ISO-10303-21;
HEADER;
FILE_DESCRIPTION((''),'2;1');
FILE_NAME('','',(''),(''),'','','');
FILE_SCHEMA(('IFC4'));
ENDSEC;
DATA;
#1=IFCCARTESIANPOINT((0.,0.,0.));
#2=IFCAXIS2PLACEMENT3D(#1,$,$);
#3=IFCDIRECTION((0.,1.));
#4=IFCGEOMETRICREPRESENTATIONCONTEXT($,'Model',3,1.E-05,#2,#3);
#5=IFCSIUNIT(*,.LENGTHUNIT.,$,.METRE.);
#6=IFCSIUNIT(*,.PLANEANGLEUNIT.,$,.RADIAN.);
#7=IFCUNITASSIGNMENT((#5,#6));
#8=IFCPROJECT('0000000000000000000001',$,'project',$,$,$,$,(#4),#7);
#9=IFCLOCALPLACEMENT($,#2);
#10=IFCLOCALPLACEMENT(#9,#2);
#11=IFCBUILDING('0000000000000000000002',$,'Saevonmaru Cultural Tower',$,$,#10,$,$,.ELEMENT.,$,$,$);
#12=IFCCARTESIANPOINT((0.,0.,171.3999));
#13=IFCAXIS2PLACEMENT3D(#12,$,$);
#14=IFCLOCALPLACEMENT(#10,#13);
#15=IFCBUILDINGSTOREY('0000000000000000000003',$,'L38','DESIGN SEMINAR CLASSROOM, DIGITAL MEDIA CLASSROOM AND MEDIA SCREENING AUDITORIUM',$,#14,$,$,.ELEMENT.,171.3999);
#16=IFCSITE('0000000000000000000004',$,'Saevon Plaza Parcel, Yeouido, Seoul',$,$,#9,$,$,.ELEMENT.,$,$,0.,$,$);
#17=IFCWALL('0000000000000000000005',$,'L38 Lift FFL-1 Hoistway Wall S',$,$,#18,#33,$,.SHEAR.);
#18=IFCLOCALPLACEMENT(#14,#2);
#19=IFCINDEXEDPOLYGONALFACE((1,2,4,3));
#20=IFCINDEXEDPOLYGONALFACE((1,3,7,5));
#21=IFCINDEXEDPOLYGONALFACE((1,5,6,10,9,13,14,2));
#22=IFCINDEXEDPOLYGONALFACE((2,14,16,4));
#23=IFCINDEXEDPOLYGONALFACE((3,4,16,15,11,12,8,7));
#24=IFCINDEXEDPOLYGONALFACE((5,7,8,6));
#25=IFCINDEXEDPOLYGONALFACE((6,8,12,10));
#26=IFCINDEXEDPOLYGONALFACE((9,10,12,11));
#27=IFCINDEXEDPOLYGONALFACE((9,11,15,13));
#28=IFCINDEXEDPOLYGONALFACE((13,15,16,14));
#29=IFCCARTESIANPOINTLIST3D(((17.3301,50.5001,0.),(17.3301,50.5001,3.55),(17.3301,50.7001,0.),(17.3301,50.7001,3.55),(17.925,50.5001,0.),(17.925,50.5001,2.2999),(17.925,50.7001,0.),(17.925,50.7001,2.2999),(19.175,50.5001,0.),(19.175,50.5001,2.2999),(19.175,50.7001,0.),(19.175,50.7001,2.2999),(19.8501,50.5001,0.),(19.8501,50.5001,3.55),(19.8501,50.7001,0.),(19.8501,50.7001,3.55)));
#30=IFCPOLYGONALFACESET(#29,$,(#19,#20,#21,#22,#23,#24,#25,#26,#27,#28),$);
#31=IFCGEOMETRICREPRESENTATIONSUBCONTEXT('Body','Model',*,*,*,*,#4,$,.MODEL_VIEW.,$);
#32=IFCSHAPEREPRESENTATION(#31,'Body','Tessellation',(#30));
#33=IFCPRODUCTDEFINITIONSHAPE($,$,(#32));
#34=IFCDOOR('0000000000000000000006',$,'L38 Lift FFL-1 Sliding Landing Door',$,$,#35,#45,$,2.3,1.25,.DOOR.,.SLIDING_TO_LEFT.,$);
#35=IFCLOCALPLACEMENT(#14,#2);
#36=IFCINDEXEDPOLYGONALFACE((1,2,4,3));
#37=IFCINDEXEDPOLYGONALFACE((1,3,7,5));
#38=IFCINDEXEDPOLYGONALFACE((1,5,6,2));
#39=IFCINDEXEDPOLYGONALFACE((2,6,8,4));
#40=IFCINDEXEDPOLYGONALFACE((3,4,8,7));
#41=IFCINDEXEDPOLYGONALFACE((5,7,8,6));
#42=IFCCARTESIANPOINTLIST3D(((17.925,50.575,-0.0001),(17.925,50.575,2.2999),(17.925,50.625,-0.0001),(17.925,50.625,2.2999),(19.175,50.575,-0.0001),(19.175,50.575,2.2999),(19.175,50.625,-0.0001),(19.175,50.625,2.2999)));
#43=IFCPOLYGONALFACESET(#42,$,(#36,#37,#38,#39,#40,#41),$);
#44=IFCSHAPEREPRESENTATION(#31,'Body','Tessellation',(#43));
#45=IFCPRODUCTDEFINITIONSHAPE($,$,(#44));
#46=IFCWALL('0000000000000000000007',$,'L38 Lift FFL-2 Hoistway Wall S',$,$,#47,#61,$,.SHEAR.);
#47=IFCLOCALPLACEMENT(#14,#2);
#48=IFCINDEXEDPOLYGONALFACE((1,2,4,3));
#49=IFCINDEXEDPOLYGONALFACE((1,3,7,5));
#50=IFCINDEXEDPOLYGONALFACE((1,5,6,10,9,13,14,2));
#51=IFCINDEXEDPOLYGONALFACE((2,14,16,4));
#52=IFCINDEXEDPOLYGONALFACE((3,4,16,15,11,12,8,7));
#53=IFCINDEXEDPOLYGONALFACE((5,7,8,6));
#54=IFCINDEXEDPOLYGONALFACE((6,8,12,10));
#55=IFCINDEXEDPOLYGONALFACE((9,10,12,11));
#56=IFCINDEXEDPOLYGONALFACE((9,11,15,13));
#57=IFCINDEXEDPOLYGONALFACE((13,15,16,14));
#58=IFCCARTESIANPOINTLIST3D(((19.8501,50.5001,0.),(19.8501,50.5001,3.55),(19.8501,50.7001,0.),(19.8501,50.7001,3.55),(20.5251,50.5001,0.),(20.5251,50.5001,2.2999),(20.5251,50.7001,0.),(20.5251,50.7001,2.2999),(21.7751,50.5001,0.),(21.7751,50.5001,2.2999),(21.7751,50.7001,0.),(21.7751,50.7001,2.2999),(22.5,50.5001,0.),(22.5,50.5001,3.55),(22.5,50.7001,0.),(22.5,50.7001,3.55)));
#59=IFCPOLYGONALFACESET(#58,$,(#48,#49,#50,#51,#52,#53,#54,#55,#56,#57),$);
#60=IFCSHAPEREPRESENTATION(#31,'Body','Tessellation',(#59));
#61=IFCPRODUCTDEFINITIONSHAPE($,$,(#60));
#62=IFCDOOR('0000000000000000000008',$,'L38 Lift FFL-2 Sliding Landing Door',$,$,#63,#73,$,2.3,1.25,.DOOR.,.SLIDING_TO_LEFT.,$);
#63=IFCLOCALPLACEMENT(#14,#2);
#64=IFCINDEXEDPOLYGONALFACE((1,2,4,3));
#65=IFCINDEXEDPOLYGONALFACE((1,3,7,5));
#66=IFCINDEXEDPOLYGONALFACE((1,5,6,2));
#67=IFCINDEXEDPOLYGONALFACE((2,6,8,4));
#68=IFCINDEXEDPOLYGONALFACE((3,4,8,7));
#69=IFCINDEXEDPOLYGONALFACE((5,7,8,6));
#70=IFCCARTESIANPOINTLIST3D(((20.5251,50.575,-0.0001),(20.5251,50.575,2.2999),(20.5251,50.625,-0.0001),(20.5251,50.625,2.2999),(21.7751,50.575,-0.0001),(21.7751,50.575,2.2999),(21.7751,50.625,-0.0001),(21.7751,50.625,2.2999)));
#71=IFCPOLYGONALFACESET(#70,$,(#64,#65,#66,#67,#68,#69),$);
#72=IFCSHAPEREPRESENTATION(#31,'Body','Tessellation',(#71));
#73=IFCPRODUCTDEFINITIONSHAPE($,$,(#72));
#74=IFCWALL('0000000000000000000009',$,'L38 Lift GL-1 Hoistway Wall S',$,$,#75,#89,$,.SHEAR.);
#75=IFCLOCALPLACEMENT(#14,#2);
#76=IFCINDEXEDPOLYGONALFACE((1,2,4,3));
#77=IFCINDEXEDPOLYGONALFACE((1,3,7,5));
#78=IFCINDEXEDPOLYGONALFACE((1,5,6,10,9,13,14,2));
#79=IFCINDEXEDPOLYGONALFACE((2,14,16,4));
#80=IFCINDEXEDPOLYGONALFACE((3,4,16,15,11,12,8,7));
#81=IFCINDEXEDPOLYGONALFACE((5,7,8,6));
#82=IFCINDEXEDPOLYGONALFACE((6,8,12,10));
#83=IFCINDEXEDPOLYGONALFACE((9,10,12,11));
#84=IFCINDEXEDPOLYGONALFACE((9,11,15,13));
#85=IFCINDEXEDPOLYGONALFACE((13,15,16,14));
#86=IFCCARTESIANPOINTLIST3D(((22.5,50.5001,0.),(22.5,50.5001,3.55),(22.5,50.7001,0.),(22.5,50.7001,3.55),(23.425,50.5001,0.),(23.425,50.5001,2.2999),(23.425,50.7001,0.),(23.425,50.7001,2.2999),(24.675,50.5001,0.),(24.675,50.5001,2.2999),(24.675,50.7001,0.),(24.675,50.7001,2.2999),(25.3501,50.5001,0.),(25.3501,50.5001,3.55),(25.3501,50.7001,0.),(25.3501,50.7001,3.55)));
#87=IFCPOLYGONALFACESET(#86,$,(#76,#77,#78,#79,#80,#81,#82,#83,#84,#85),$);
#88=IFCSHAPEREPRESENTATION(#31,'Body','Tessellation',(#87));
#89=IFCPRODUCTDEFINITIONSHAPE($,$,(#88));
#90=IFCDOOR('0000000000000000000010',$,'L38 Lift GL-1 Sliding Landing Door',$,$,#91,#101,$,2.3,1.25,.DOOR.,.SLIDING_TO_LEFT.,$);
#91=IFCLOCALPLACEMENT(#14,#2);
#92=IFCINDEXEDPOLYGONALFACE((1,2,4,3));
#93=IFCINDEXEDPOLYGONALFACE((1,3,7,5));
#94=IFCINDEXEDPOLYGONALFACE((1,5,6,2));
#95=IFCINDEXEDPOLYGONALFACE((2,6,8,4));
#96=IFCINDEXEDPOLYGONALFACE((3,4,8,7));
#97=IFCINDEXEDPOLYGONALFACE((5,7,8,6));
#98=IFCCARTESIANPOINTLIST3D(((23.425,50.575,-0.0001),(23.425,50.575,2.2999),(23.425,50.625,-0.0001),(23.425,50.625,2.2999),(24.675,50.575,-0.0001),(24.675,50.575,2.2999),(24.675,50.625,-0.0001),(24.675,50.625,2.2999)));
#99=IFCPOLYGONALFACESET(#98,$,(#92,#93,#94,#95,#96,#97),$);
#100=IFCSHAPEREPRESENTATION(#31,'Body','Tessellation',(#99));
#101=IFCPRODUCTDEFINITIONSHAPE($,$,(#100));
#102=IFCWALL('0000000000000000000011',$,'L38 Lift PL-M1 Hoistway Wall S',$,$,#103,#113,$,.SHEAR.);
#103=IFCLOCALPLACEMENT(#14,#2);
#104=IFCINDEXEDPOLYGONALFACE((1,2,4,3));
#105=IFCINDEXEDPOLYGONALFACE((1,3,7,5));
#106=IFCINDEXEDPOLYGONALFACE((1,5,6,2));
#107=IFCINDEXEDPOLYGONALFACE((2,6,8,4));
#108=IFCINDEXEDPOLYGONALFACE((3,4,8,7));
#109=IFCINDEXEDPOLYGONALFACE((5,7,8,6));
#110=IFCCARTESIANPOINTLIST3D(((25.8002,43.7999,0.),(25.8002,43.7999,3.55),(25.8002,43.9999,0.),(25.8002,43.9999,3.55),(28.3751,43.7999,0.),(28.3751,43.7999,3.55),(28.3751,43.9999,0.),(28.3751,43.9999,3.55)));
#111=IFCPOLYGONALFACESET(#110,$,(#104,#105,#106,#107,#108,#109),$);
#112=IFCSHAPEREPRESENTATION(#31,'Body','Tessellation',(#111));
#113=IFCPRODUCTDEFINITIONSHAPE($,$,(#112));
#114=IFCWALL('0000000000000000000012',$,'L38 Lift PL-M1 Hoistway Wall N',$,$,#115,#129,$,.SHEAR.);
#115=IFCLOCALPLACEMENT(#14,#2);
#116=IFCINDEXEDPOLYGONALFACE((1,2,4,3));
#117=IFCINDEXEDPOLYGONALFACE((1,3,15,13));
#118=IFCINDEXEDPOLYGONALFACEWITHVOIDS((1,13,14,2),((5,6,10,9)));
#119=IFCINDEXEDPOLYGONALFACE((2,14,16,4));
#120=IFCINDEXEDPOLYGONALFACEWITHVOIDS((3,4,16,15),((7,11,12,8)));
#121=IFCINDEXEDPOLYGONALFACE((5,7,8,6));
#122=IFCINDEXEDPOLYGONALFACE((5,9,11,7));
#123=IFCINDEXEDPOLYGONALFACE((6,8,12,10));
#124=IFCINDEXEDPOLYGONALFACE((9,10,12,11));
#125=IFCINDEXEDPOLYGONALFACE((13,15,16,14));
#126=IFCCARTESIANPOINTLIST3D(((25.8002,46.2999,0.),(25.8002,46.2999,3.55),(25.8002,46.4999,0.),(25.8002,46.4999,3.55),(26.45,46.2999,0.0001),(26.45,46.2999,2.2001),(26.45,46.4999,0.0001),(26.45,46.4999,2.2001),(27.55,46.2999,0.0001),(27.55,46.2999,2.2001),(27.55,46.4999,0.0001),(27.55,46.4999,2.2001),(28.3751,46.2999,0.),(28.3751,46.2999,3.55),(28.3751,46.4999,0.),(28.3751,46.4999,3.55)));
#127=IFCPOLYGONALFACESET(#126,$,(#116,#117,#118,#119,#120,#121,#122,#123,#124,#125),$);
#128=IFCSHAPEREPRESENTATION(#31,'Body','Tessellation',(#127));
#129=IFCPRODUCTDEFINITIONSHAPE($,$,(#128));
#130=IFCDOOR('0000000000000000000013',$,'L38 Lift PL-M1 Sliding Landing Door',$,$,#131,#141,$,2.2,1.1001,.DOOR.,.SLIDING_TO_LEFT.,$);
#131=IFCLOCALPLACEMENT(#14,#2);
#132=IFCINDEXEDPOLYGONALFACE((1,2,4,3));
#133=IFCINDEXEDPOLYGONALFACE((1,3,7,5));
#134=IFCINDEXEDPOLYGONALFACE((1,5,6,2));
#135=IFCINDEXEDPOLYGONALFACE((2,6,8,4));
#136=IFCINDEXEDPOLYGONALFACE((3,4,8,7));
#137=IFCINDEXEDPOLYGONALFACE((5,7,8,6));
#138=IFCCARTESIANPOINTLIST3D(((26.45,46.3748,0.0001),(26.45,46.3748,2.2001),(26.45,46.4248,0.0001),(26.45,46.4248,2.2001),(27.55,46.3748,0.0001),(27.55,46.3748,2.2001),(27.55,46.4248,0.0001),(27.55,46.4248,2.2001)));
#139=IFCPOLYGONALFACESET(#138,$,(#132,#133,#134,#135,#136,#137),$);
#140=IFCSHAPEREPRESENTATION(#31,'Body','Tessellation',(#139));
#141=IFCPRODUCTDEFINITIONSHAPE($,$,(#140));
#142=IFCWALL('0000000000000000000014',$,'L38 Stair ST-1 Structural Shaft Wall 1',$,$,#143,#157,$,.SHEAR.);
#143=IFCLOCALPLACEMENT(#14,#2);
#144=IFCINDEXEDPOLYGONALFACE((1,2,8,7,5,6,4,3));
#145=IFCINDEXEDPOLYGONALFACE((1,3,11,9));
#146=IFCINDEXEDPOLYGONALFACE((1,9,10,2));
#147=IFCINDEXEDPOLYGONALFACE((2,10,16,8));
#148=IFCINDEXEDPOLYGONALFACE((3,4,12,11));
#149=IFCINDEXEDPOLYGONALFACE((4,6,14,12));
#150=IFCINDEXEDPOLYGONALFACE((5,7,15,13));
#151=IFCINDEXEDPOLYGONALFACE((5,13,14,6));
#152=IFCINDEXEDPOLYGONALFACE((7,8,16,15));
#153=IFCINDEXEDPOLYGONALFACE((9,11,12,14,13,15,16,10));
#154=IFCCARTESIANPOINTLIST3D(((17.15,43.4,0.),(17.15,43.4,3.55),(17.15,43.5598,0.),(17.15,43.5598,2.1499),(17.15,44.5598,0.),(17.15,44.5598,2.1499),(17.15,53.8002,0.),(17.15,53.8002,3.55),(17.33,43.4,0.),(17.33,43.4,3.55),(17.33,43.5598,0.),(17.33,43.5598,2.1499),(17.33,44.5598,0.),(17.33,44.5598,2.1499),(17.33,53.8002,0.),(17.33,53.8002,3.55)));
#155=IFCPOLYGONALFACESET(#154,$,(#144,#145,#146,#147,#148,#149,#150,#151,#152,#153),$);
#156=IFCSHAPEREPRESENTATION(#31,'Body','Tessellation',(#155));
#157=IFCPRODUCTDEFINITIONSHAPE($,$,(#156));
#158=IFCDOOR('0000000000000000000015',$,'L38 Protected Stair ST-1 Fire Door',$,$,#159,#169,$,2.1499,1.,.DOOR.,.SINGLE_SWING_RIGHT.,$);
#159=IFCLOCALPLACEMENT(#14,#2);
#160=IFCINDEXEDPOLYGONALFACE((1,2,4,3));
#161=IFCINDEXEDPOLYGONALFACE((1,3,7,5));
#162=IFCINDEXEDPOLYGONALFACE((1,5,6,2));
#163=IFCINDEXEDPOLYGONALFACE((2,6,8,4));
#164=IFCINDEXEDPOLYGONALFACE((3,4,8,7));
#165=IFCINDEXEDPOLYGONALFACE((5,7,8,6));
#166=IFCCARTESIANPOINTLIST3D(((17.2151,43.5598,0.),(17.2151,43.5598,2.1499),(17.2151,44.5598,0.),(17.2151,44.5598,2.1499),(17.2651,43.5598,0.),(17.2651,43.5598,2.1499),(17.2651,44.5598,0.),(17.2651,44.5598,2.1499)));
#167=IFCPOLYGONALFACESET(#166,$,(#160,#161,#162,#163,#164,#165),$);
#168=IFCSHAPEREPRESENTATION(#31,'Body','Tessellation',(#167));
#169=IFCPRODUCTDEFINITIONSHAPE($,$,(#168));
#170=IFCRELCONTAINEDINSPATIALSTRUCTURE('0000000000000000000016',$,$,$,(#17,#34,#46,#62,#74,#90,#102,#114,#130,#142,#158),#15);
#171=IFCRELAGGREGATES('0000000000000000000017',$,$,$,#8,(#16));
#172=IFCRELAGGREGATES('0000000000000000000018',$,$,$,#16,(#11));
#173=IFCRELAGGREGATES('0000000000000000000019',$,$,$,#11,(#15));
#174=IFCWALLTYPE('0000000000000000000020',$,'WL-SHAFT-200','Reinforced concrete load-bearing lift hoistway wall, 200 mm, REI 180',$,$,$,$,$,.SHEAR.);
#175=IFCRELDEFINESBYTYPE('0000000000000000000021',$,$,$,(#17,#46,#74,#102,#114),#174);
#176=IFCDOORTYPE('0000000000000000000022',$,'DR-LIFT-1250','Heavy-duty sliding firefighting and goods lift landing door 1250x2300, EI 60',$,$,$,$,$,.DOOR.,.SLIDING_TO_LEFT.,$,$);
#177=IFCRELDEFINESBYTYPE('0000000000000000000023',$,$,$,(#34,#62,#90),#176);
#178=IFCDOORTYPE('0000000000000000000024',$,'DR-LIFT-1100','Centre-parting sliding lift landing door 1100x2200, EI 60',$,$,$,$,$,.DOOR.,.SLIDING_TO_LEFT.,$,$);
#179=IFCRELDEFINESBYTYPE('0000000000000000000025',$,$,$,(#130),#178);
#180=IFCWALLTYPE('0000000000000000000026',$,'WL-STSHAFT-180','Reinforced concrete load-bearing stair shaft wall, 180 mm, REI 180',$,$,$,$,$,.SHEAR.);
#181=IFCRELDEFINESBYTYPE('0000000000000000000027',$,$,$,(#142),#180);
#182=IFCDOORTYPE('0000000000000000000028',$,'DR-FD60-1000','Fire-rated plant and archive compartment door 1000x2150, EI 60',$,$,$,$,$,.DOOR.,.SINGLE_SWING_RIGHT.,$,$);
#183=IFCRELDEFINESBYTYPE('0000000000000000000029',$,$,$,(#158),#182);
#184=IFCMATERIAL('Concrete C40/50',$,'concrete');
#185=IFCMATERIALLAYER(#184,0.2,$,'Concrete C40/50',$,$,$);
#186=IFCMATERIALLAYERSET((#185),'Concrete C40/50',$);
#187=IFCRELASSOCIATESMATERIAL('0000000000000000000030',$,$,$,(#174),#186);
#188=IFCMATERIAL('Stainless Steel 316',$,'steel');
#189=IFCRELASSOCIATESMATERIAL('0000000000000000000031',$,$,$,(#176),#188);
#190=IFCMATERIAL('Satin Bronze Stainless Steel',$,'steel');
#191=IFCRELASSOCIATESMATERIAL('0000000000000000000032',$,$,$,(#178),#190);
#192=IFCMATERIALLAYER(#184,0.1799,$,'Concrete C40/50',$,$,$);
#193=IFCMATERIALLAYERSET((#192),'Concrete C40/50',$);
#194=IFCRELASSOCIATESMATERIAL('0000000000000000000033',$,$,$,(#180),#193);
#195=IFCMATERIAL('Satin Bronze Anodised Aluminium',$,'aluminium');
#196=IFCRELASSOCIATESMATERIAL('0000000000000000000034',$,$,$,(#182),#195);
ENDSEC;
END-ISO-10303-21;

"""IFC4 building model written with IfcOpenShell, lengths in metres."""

from ifc_helpers import new_model, si_unit, direction, frame, frame_2d, origin, place, context, subcontext, project, spatial, rectangle, extrude, material, layer, layer_set, type_object, element, fill, save


model = new_model("IFC4")

# Units and contexts
model_context = context("Model", 3, precision=1e-05, world=origin(), true_north=direction((0.0, 1.0)))
body_context = subcontext(model_context, "Body", "Model", "MODEL_VIEW")
ifc_project = project(units=[si_unit("LENGTHUNIT", "METRE"), si_unit("PLANEANGLEUNIT", "RADIAN")], contexts=[model_context])

# Site, building, storey
site_placement = place(None, origin())
site = spatial("IfcSite", under=ifc_project, at=site_placement, Name="Saevon Plaza Parcel, Yeouido, Seoul", CompositionType="ELEMENT", RefElevation=0.0)
building_placement = place(site_placement, origin())
building = spatial("IfcBuilding", under=site, at=building_placement, Name="Saevonmaru Cultural Tower", CompositionType="ELEMENT")
storey_placement = place(building_placement, frame((0.0, 0.0, 171.3999)))
storey = spatial("IfcBuildingStorey", under=building, at=storey_placement, Name="L38", Description="DESIGN SEMINAR CLASSROOM, DIGITAL MEDIA CLASSROOM AND MEDIA SCREENING AUDITORIUM", CompositionType="ELEMENT", Elevation=171.3999)

# Walls, openings, doors
ifc_material_1 = material(Name="Satin Bronze Anodised Aluminium", Category="aluminium")
ifc_material_2 = material(Name="Concrete C40/50", Category="concrete")
ifc_layer_1 = layer(ifc_material_2, 0.2, Name="Concrete C40/50")
ifc_layer_set_1 = layer_set([ifc_layer_1], Name="Concrete C40/50")
wall_type_1 = type_object("IfcWallType", Name="WL-SHAFT-200", Description="Reinforced concrete load-bearing lift hoistway wall, 200 mm, REI 180", PredefinedType="SHEAR", material=ifc_layer_set_1)
wall_1_placement = place(storey_placement, frame((17.3301, 50.6001, 0.0), z_axis=(0.0, 0.0, 1.0), x_axis=(1.0, 0.0, 0.0)))
wall_1 = element("IfcWall", 1, at=wall_1_placement, inside=storey, type_object=wall_type_1, Name="L38 Lift FFL-1 Hoistway Wall S", PredefinedType="SHEAR", context=body_context, shape_type="SweptSolid", body=[
    extrude(rectangle(XDim=2.52, YDim=0.2, at=frame_2d((1.26, 0.0))), origin(), (0.0, 0.0, 1.0), 3.55),
])
opening_1_placement = place(wall_1_placement, frame((0.595, 0.0, 0.0)))
opening_1 = element("IfcOpeningElement", 2, at=opening_1_placement, cuts=wall_1, PredefinedType="OPENING", context=body_context, shape_type="SweptSolid", body=[
    extrude(rectangle(XDim=1.25, YDim=2.3, at=frame_2d((0.625, 1.1499))), frame((0.0, 0.1099, 0.0), z_axis=(0.0, -1.0, 0.0), x_axis=(1.0, 0.0, 0.0)), (0.0, 0.0, 1.0), 0.22),
])
ifc_material_3 = material(Name="Stainless Steel 316", Category="steel")
door_type_1 = type_object("IfcDoorType", Name="DR-LIFT-1250", Description="Heavy-duty sliding firefighting and goods lift landing door 1250x2300, EI 60", OperationType="SLIDING_TO_LEFT", PredefinedType="DOOR", material=ifc_material_3)
door_1_placement = place(opening_1_placement, origin())
door_1 = element("IfcDoor", 3, at=door_1_placement, inside=storey, type_object=door_type_1, Name="L38 Lift FFL-1 Sliding Landing Door", OperationType="SLIDING_TO_LEFT", OverallHeight=2.3, OverallWidth=1.25, PredefinedType="DOOR", context=body_context, shape_type="SweptSolid", body=[
    extrude(rectangle(XDim=1.25, YDim=2.3, at=frame_2d((0.625, 1.1499))), frame((0.0, 0.0249, 0.0), z_axis=(0.0, -1.0, 0.0), x_axis=(1.0, 0.0, 0.0)), (0.0, 0.0, 1.0), 0.05),
])
fill(opening_1, door_1)
wall_2_placement = place(storey_placement, frame((19.8501, 50.6001, 0.0), z_axis=(0.0, 0.0, 1.0), x_axis=(1.0, 0.0, 0.0)))
wall_2 = element("IfcWall", 4, at=wall_2_placement, inside=storey, type_object=wall_type_1, Name="L38 Lift FFL-2 Hoistway Wall S", PredefinedType="SHEAR", context=body_context, shape_type="SweptSolid", body=[
    extrude(rectangle(XDim=2.6499, YDim=0.2, at=frame_2d((1.325, 0.0))), origin(), (0.0, 0.0, 1.0), 3.55),
])
opening_2_placement = place(wall_2_placement, frame((0.675, 0.0, 0.0)))
opening_2 = element("IfcOpeningElement", 5, at=opening_2_placement, cuts=wall_2, PredefinedType="OPENING", context=body_context, shape_type="SweptSolid", body=[
    extrude(rectangle(XDim=1.25, YDim=2.3, at=frame_2d((0.625, 1.1499))), frame((0.0, 0.1099, 0.0), z_axis=(0.0, -1.0, 0.0), x_axis=(1.0, 0.0, 0.0)), (0.0, 0.0, 1.0), 0.22),
])
door_2_placement = place(opening_2_placement, origin())
door_2 = element("IfcDoor", 6, at=door_2_placement, inside=storey, type_object=door_type_1, Name="L38 Lift FFL-2 Sliding Landing Door", OperationType="SLIDING_TO_LEFT", OverallHeight=2.3, OverallWidth=1.25, PredefinedType="DOOR", context=body_context, shape_type="SweptSolid", body=[
    extrude(rectangle(XDim=1.25, YDim=2.3, at=frame_2d((0.625, 1.1499))), frame((0.0, 0.0249, 0.0), z_axis=(0.0, -1.0, 0.0), x_axis=(1.0, 0.0, 0.0)), (0.0, 0.0, 1.0), 0.05),
])
fill(opening_2, door_2)
wall_3_placement = place(storey_placement, frame((22.5, 50.6001, 0.0), z_axis=(0.0, 0.0, 1.0), x_axis=(1.0, 0.0, 0.0)))
wall_3 = element("IfcWall", 7, at=wall_3_placement, inside=storey, type_object=wall_type_1, Name="L38 Lift GL-1 Hoistway Wall S", PredefinedType="SHEAR", context=body_context, shape_type="SweptSolid", body=[
    extrude(rectangle(XDim=2.8501, YDim=0.2, at=frame_2d((1.425, 0.0))), origin(), (0.0, 0.0, 1.0), 3.55),
])
opening_3_placement = place(wall_3_placement, frame((0.925, 0.0, 0.0)))
opening_3 = element("IfcOpeningElement", 8, at=opening_3_placement, cuts=wall_3, PredefinedType="OPENING", context=body_context, shape_type="SweptSolid", body=[
    extrude(rectangle(XDim=1.25, YDim=2.3, at=frame_2d((0.625, 1.1499))), frame((0.0, 0.1099, 0.0), z_axis=(0.0, -1.0, 0.0), x_axis=(1.0, 0.0, 0.0)), (0.0, 0.0, 1.0), 0.22),
])
door_3_placement = place(opening_3_placement, origin())
door_3 = element("IfcDoor", 9, at=door_3_placement, inside=storey, type_object=door_type_1, Name="L38 Lift GL-1 Sliding Landing Door", OperationType="SLIDING_TO_LEFT", OverallHeight=2.3, OverallWidth=1.25, PredefinedType="DOOR", context=body_context, shape_type="SweptSolid", body=[
    extrude(rectangle(XDim=1.25, YDim=2.3, at=frame_2d((0.625, 1.1499))), frame((0.0, 0.0249, 0.0), z_axis=(0.0, -1.0, 0.0), x_axis=(1.0, 0.0, 0.0)), (0.0, 0.0, 1.0), 0.05),
])
fill(opening_3, door_3)

# Wall
wall_4_placement = place(storey_placement, frame((25.8, 43.8999, 0.0), z_axis=(0.0, 0.0, 1.0), x_axis=(1.0, 0.0, 0.0)))
element("IfcWall", 10, at=wall_4_placement, inside=storey, type_object=wall_type_1, Name="L38 Lift PL-M1 Hoistway Wall S", PredefinedType="SHEAR", context=body_context, shape_type="SweptSolid", body=[
    extrude(rectangle(XDim=2.575, YDim=0.2, at=frame_2d((1.2876, 0.0))), origin(), (0.0, 0.0, 1.0), 3.55),
])

# Walls, openings, doors
wall_5_placement = place(storey_placement, frame((25.8, 46.3999, 0.0), z_axis=(0.0, 0.0, 1.0), x_axis=(1.0, 0.0, 0.0)))
wall_5 = element("IfcWall", 11, at=wall_5_placement, inside=storey, type_object=wall_type_1, Name="L38 Lift PL-M1 Hoistway Wall N", PredefinedType="SHEAR", context=body_context, shape_type="SweptSolid", body=[
    extrude(rectangle(XDim=2.575, YDim=0.2, at=frame_2d((1.2876, 0.0))), origin(), (0.0, 0.0, 1.0), 3.55),
])
opening_4_placement = place(wall_5_placement, frame((0.6499, 0.0, 0.0)))
opening_4 = element("IfcOpeningElement", 12, at=opening_4_placement, cuts=wall_5, PredefinedType="OPENING", context=body_context, shape_type="SweptSolid", body=[
    extrude(rectangle(XDim=1.1001, YDim=2.2, at=frame_2d((0.55, 1.1001))), frame((0.0, 0.1099, 0.0), z_axis=(0.0, -1.0, 0.0), x_axis=(1.0, 0.0, 0.0)), (0.0, 0.0, 1.0), 0.22),
])
ifc_material_4 = material(Name="Satin Bronze Stainless Steel", Category="steel")
door_type_2 = type_object("IfcDoorType", Name="DR-LIFT-1100", Description="Centre-parting sliding lift landing door 1100x2200, EI 60", OperationType="SLIDING_TO_LEFT", PredefinedType="DOOR", material=ifc_material_4)
door_4_placement = place(opening_4_placement, origin())
door_4 = element("IfcDoor", 13, at=door_4_placement, inside=storey, type_object=door_type_2, Name="L38 Lift PL-M1 Sliding Landing Door", OperationType="SLIDING_TO_LEFT", OverallHeight=2.2, OverallWidth=1.1001, PredefinedType="DOOR", context=body_context, shape_type="SweptSolid", body=[
    extrude(rectangle(XDim=1.1001, YDim=2.2, at=frame_2d((0.55, 1.1001))), frame((0.0, 0.0249, 0.0), z_axis=(0.0, -1.0, 0.0), x_axis=(1.0, 0.0, 0.0)), (0.0, 0.0, 1.0), 0.05),
])
fill(opening_4, door_4)
ifc_layer_2 = layer(ifc_material_2, 0.1799, Name="Concrete C40/50")
ifc_layer_set_2 = layer_set([ifc_layer_2], Name="Concrete C40/50")
wall_type_2 = type_object("IfcWallType", Name="WL-STSHAFT-180", Description="Reinforced concrete load-bearing stair shaft wall, 180 mm, REI 180", PredefinedType="SHEAR", material=ifc_layer_set_2)
wall_6_placement = place(storey_placement, frame((17.24, 43.3999, 0.0), z_axis=(0.0, 0.0, 1.0), x_axis=(0.0, 1.0, 0.0)))
wall_6 = element("IfcWall", 14, at=wall_6_placement, inside=storey, type_object=wall_type_2, Name="L38 Stair ST-1 Structural Shaft Wall 1", PredefinedType="SHEAR", context=body_context, shape_type="SweptSolid", body=[
    extrude(rectangle(XDim=10.4001, YDim=0.1799, at=frame_2d((5.2002, 0.0))), origin(), (0.0, 0.0, 1.0), 3.55),
])
opening_5_placement = place(wall_6_placement, frame((0.1599, 0.0, 0.0)))
opening_5 = element("IfcOpeningElement", 15, at=opening_5_placement, cuts=wall_6, PredefinedType="OPENING", context=body_context, shape_type="SweptSolid", body=[
    extrude(rectangle(XDim=1.0, YDim=2.1499, at=frame_2d((0.5, 1.075))), frame((0.0, 0.1001, 0.0), z_axis=(0.0, -1.0, 0.0), x_axis=(1.0, 0.0, 0.0)), (0.0, 0.0, 1.0), 0.2),
])
door_type_3 = type_object("IfcDoorType", Name="DR-FD60-1000", Description="Fire-rated plant and archive compartment door 1000x2150, EI 60", OperationType="SINGLE_SWING_RIGHT", PredefinedType="DOOR", material=ifc_material_1)
door_5_placement = place(opening_5_placement, origin())
door_5 = element("IfcDoor", 16, at=door_5_placement, inside=storey, type_object=door_type_3, Name="L38 Protected Stair ST-1 Fire Door", OperationType="SINGLE_SWING_RIGHT", OverallHeight=2.1499, OverallWidth=1.0, PredefinedType="DOOR", context=body_context, shape_type="SweptSolid", body=[
    extrude(rectangle(XDim=1.0, YDim=2.1499, at=frame_2d((0.5, 1.075))), frame((0.0, 0.0249, 0.0), z_axis=(0.0, -1.0, 0.0), x_axis=(1.0, 0.0, 0.0)), (0.0, 0.0, 1.0), 0.05),
])
fill(opening_5, door_5)

save(model, "model.ifc")
